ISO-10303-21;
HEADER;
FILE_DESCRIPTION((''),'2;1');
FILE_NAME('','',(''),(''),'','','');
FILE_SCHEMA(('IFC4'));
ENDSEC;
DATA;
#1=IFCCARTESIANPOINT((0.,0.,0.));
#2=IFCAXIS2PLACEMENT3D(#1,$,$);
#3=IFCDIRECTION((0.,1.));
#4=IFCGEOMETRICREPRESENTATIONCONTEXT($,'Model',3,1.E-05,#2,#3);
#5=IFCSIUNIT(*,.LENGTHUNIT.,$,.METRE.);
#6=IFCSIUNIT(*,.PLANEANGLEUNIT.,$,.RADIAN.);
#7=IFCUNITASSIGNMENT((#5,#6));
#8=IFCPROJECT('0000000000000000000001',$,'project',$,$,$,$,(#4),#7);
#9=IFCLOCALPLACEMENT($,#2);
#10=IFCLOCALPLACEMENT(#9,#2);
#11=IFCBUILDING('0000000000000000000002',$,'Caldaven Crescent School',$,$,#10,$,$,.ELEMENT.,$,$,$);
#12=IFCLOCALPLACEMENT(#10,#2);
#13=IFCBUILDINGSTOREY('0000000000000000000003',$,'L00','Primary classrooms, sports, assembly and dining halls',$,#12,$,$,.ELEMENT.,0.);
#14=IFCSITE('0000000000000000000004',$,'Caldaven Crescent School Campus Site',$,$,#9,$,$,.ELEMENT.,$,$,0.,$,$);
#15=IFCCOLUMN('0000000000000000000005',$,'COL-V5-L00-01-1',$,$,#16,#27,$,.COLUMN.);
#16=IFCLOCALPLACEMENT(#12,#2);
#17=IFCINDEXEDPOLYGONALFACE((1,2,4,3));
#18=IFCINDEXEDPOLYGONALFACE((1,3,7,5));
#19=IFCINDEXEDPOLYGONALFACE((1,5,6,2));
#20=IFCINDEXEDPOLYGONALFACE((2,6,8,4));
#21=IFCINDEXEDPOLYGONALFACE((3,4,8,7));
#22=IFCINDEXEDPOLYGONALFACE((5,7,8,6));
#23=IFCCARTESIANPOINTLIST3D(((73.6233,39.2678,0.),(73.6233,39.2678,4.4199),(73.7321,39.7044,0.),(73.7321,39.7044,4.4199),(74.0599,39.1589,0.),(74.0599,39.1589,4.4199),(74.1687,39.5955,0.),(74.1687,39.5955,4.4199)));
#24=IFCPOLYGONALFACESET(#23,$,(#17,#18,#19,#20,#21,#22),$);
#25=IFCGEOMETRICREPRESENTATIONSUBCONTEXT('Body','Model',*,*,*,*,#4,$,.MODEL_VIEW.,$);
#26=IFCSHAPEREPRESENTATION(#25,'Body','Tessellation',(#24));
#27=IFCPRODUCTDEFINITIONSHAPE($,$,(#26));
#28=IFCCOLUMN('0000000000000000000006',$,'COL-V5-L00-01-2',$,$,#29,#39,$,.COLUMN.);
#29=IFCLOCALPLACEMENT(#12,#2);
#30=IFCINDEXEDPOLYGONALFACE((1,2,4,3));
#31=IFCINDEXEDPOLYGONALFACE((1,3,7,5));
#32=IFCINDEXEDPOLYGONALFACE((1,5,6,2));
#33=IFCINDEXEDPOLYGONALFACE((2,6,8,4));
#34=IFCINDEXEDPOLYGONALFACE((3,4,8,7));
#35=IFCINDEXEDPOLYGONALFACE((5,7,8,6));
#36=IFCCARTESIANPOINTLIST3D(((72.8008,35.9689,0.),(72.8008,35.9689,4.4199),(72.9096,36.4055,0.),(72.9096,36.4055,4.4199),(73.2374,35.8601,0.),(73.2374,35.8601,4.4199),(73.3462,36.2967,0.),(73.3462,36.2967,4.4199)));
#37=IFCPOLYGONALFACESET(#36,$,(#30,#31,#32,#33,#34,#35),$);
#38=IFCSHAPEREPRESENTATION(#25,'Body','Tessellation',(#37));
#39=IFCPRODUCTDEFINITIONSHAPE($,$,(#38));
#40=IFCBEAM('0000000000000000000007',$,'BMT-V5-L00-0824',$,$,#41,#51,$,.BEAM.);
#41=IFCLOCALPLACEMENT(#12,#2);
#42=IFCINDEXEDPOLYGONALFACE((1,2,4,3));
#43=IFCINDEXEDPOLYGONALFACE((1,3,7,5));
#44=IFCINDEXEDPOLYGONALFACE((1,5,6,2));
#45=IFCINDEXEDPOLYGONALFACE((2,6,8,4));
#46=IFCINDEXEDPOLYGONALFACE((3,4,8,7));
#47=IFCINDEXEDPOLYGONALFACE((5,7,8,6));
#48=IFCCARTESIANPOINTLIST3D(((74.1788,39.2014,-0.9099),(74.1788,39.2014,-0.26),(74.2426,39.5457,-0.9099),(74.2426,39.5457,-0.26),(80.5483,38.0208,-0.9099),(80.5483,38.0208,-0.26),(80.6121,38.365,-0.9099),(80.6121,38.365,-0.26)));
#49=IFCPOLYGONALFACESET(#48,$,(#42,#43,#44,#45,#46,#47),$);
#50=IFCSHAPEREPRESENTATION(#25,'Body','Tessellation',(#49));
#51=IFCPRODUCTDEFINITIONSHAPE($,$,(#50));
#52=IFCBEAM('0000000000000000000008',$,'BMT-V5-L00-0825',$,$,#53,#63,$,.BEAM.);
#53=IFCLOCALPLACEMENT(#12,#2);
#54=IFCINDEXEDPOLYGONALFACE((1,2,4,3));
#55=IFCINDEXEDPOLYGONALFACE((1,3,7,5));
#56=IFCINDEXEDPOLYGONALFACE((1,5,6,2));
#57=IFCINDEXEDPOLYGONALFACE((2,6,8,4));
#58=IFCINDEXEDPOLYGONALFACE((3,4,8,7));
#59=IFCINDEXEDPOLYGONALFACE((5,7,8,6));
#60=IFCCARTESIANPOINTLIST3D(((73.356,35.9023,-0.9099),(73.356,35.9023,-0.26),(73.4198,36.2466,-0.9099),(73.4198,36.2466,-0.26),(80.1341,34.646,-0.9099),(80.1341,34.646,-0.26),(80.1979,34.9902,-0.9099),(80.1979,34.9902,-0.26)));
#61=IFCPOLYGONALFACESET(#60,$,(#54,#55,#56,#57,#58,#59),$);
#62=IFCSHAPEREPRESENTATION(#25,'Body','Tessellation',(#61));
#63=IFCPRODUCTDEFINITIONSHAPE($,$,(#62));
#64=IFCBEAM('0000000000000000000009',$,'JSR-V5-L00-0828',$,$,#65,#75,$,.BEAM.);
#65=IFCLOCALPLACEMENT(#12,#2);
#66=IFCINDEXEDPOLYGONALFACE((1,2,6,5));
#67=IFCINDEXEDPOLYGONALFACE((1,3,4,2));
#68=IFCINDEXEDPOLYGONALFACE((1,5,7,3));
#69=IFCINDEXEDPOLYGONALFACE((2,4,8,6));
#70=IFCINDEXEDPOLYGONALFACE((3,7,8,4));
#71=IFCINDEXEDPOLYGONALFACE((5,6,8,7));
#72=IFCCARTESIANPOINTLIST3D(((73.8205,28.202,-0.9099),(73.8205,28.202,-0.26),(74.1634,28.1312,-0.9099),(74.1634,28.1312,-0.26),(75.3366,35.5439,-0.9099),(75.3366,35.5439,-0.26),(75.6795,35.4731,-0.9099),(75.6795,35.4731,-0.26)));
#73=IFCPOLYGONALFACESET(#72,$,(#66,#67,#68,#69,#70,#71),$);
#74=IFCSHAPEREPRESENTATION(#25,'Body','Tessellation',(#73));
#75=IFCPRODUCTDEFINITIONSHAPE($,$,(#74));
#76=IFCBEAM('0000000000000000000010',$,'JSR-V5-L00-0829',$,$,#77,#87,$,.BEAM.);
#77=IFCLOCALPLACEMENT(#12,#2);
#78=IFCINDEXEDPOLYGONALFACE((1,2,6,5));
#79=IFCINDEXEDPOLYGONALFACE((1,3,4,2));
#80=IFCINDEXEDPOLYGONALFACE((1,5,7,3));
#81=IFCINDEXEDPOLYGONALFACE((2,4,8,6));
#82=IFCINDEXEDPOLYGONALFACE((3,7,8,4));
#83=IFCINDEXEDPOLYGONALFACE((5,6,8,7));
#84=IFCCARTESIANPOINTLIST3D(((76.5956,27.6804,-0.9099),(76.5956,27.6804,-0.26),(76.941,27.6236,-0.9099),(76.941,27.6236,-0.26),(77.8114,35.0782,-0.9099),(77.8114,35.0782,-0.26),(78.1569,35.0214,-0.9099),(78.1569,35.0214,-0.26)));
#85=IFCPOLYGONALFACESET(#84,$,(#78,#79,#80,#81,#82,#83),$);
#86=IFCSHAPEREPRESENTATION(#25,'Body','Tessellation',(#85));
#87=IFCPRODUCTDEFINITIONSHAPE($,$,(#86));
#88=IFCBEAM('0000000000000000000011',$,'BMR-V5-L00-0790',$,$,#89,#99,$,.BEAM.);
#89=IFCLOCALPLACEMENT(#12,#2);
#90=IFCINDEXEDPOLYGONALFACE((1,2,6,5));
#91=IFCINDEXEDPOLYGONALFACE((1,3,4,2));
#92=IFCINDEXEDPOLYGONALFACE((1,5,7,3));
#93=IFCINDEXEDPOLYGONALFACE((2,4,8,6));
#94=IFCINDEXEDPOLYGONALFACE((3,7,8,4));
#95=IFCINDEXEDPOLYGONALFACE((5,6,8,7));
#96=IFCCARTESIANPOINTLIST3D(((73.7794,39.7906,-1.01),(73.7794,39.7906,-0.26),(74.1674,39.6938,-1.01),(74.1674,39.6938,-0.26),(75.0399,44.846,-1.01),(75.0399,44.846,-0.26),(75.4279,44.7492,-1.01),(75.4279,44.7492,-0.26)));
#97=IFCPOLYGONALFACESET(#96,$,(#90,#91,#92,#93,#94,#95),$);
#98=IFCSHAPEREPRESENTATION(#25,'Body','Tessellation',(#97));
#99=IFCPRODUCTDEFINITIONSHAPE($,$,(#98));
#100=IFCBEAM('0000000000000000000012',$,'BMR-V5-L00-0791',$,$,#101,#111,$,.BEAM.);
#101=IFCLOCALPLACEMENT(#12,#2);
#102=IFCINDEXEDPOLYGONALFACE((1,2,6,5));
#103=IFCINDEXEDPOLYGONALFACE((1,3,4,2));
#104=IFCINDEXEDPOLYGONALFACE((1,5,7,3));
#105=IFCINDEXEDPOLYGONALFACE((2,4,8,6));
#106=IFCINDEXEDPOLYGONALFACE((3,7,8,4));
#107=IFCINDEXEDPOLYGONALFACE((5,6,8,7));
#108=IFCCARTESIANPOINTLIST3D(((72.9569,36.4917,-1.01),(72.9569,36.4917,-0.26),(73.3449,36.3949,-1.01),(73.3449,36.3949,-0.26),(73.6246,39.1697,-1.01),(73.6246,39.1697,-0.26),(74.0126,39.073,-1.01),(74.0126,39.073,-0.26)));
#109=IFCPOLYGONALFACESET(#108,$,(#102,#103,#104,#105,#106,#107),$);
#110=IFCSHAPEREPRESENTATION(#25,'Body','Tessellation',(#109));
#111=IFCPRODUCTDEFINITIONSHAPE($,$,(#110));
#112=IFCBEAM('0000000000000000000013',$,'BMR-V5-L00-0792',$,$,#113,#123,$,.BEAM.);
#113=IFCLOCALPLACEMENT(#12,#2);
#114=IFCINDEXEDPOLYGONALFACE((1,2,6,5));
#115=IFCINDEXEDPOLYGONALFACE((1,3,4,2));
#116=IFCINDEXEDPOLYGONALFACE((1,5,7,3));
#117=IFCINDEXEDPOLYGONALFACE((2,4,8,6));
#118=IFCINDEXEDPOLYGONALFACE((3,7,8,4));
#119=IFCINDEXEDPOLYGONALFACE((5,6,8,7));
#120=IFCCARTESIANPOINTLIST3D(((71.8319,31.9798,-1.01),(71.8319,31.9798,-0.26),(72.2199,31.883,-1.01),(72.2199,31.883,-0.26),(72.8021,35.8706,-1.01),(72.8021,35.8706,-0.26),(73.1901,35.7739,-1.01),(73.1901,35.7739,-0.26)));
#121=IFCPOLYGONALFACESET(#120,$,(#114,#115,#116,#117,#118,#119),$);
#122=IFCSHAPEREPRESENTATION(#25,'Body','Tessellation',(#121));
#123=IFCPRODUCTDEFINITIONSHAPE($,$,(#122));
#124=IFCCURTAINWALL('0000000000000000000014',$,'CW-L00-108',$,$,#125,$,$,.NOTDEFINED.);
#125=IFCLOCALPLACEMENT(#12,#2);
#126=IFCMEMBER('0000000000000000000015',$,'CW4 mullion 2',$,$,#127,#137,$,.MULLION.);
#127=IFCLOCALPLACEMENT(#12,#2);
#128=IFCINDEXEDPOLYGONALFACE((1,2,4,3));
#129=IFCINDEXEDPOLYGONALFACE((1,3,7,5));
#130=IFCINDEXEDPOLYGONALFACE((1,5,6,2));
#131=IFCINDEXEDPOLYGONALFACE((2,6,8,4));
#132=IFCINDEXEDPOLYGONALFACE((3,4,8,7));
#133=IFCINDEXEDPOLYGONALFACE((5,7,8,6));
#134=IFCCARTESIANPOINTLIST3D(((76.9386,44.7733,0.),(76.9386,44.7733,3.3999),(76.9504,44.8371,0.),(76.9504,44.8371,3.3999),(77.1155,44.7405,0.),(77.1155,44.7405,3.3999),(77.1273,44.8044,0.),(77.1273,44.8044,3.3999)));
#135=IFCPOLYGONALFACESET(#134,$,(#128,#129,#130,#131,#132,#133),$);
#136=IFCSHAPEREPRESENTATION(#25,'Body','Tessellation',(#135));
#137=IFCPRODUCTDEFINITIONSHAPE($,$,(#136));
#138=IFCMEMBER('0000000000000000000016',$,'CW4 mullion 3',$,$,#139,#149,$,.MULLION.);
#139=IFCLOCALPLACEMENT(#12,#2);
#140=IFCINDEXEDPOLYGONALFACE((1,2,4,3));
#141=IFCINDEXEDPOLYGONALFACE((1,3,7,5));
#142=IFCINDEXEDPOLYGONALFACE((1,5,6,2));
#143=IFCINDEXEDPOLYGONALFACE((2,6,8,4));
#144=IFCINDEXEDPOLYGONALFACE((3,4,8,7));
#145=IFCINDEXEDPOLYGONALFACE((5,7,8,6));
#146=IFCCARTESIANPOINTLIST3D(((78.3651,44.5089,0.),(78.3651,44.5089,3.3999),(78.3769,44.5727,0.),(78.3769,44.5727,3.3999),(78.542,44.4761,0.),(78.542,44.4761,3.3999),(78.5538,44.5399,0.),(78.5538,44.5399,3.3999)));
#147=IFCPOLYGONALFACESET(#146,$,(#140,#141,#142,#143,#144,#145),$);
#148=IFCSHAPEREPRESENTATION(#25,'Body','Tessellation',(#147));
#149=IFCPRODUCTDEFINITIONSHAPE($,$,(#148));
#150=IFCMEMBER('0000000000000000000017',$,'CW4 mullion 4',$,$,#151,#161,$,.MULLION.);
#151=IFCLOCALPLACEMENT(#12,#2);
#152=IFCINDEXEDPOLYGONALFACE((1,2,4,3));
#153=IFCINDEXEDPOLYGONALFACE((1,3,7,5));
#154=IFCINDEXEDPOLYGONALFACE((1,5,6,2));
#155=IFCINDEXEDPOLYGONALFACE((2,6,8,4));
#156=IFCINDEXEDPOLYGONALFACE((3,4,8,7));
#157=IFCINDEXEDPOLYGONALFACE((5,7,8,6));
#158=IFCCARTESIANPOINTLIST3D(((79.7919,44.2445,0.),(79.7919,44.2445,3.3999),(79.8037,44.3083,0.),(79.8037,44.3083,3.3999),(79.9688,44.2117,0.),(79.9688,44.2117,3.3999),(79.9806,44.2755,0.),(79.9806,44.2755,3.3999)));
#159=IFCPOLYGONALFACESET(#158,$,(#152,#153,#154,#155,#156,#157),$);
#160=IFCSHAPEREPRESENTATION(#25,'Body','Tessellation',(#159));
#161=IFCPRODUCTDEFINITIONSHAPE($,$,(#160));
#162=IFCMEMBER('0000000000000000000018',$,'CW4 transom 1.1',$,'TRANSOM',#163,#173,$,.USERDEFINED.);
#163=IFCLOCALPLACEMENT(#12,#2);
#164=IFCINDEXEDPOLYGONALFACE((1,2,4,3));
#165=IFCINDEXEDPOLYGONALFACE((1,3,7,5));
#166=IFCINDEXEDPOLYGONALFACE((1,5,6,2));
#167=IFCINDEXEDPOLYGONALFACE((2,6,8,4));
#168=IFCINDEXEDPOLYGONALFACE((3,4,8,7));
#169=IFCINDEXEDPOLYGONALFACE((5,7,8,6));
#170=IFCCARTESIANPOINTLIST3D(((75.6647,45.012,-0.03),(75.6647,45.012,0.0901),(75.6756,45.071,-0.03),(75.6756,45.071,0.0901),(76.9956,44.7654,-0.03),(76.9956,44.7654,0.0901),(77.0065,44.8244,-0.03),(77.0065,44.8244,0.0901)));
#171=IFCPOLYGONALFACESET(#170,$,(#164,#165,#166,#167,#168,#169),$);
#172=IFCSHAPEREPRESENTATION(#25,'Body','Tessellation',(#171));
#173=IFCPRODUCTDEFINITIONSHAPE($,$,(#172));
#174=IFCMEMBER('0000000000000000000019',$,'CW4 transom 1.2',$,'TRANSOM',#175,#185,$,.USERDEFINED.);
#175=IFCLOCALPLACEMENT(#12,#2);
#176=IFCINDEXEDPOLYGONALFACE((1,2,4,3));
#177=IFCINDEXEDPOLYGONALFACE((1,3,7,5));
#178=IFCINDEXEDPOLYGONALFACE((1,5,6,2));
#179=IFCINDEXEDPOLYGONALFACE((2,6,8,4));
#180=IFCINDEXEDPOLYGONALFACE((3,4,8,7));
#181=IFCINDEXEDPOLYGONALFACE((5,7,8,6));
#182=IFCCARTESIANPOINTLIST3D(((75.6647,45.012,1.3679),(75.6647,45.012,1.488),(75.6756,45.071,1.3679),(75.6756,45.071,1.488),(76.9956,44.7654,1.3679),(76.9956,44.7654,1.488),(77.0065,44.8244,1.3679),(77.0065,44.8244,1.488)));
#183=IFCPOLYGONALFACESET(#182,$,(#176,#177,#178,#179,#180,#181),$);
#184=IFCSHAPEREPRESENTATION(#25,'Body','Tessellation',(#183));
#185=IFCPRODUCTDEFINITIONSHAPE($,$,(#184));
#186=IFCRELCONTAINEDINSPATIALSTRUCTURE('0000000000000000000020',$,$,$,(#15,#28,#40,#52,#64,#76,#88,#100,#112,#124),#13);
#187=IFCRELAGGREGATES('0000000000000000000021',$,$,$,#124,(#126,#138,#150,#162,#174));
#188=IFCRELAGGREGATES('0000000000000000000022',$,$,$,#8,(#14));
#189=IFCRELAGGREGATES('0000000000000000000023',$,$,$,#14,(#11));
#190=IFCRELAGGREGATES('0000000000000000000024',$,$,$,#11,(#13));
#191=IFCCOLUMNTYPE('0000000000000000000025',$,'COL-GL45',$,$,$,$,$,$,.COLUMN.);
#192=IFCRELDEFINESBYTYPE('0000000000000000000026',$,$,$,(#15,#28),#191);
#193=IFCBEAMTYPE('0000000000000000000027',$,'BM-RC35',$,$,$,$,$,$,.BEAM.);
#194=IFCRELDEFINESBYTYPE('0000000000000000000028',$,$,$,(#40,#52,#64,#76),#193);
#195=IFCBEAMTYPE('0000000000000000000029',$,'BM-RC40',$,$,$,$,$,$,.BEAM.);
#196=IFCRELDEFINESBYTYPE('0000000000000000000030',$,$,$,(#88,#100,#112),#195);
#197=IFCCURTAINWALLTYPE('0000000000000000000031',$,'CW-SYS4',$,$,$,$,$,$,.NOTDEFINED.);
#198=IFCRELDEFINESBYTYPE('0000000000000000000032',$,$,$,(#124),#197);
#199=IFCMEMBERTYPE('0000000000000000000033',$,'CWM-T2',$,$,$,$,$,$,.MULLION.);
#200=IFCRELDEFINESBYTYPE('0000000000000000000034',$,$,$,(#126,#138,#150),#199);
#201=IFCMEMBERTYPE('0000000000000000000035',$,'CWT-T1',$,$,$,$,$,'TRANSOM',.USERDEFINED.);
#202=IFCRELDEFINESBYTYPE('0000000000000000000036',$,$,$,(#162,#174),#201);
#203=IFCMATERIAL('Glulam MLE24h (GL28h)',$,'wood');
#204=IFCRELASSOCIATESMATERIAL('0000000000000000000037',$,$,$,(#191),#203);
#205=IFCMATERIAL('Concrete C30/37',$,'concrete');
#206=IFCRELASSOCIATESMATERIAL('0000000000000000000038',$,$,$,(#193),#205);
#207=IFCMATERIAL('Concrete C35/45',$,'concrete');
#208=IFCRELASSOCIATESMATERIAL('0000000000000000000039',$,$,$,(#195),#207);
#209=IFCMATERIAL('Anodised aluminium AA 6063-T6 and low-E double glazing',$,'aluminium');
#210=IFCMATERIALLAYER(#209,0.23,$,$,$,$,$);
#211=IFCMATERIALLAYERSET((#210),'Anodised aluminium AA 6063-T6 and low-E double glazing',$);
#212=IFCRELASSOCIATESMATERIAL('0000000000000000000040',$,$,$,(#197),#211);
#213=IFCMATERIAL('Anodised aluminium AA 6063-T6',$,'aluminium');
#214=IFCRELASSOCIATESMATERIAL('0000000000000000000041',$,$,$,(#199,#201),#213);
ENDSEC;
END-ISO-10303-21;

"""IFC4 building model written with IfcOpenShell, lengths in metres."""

from ifc_helpers import new_model, si_unit, direction, frame, origin, origin_2d, place, context, subcontext, project, spatial, rectangle, extrude, material, layer, layer_set, material_profile, profile_set, type_object, element, aggregate, save


model = new_model("IFC4")

# Units and contexts
model_context = context("Model", 3, precision=1e-05, world=origin(), true_north=direction((0.0, 1.0)))
body_context = subcontext(model_context, "Body", "Model", "MODEL_VIEW")
ifc_project = project(units=[si_unit("LENGTHUNIT", "METRE"), si_unit("PLANEANGLEUNIT", "RADIAN")], contexts=[model_context])

# Site, building, storey
site_placement = place(None, origin())
site = spatial("IfcSite", under=ifc_project, at=site_placement, Name="Caldaven Crescent School Campus Site", CompositionType="ELEMENT", RefElevation=0.0)
building_placement = place(site_placement, origin())
building = spatial("IfcBuilding", under=site, at=building_placement, Name="Caldaven Crescent School", CompositionType="ELEMENT")
storey_placement = place(building_placement, origin())
storey = spatial("IfcBuildingStorey", under=building, at=storey_placement, Name="L00", Description="Primary classrooms, sports, assembly and dining halls", CompositionType="ELEMENT", Elevation=0.0)

# Columns
ifc_material_1 = material(Name="Glulam MLE24h (GL28h)", Category="wood")
ifc_material_profile_1 = material_profile(ifc_material_1, rectangle(XDim=0.45, YDim=0.45, at=origin_2d()), Name="MLE 450x450")
ifc_profile_set_1 = profile_set([ifc_material_profile_1], Name="Glulam MLE24h (GL28h)")
column_type = type_object("IfcColumnType", Name="COL-GL45", PredefinedType="COLUMN", material=ifc_profile_set_1)
for number, where, z_axis, x_axis, name in (
    (1, (73.896, 39.4316, 0.0), (0.0, 0.0, 1.0), (-0.241922, -0.970296, 0.0), "COL-V5-L00-01-1"),
    (2, (73.0735, 36.1328, 0.0), (0.0, 0.0, 1.0), (-0.241922, -0.970296, 0.0), "COL-V5-L00-01-2"),
):
    element("IfcColumn", number, at=place(storey_placement, frame(where, z_axis=z_axis, x_axis=x_axis)), inside=storey, type_object=column_type, Name=name, PredefinedType="COLUMN", context=body_context, shape_type="SweptSolid", body=[
        extrude(rectangle(XDim=0.45, YDim=0.45, at=origin_2d()), origin(), (0.0, 0.0, 1.0), 4.4199),
    ])

# Beams
ifc_material_2 = material(Name="Concrete C30/37", Category="concrete")
ifc_material_profile_2 = material_profile(ifc_material_2, rectangle(XDim=0.3501, YDim=0.6499, at=origin_2d()), Name="RC 350x650")
ifc_profile_set_2 = profile_set([ifc_material_profile_2], Name="Concrete C30/37")
beam_type_1 = type_object("IfcBeamType", Name="BM-RC35", PredefinedType="BEAM", material=ifc_profile_set_2)
beam_1_placement = place(storey_placement, frame((74.2107, 39.3735, -0.585), z_axis=(0.983252, -0.182254, 0.0), x_axis=(0.182254, 0.983252, 0.0)))
element("IfcBeam", 3, at=beam_1_placement, inside=storey, type_object=beam_type_1, Name="BMT-V5-L00-0824", PredefinedType="BEAM", context=body_context, shape_type="SweptSolid", body=[
    extrude(rectangle(XDim=0.3501, YDim=0.6499, at=origin_2d()), origin(), (0.0, 0.0, 1.0), 6.478),
])
beam_2_placement = place(storey_placement, frame((73.3879, 36.0745, -0.585), z_axis=(0.983252, -0.18225, 0.0), x_axis=(0.18225, 0.983252, 0.0)))
element("IfcBeam", 4, at=beam_2_placement, inside=storey, type_object=beam_type_1, Name="BMT-V5-L00-0825", PredefinedType="BEAM", context=body_context, shape_type="SweptSolid", body=[
    extrude(rectangle(XDim=0.3501, YDim=0.6499, at=origin_2d()), origin(), (0.0, 0.0, 1.0), 6.8936),
])
beam_3_placement = place(storey_placement, frame((75.5081, 35.5085, -0.585), z_axis=(-0.202231, -0.979338, 0.0), x_axis=(0.979338, -0.202231, 0.0)))
element("IfcBeam", 5, at=beam_3_placement, inside=storey, type_object=beam_type_1, Name="JSR-V5-L00-0828", PredefinedType="BEAM", context=body_context, shape_type="SweptSolid", body=[
    extrude(rectangle(XDim=0.3501, YDim=0.6499, at=origin_2d()), origin(), (0.0, 0.0, 1.0), 7.4968),
])
beam_4_placement = place(storey_placement, frame((77.9841, 35.0498, -0.585), z_axis=(-0.162175, -0.986762, 0.0), x_axis=(0.986762, -0.162175, 0.0)))
element("IfcBeam", 6, at=beam_4_placement, inside=storey, type_object=beam_type_1, Name="JSR-V5-L00-0829", PredefinedType="BEAM", context=body_context, shape_type="SweptSolid", body=[
    extrude(rectangle(XDim=0.3501, YDim=0.6499, at=origin_2d()), origin(), (0.0, 0.0, 1.0), 7.4971),
])
ifc_material_3 = material(Name="Concrete C35/45", Category="concrete")
ifc_material_profile_3 = material_profile(ifc_material_3, rectangle(XDim=0.3999, YDim=0.75, at=origin_2d()), Name="RC 400x750")
ifc_profile_set_3 = profile_set([ifc_material_profile_3], Name="Concrete C35/45")
beam_type_2 = type_object("IfcBeamType", Name="BM-RC40", PredefinedType="BEAM", material=ifc_profile_set_3)
beam_5_placement = place(storey_placement, frame((75.2339, 44.7976, -0.635), z_axis=(-0.241929, -0.970294, 0.0), x_axis=(0.970294, -0.241929, 0.0)))
element("IfcBeam", 7, at=beam_5_placement, inside=storey, type_object=beam_type_2, Name="BMR-V5-L00-0790", PredefinedType="BEAM", context=body_context, shape_type="SweptSolid", body=[
    extrude(rectangle(XDim=0.3999, YDim=0.75, at=origin_2d()), origin(), (0.0, 0.0, 1.0), 5.2102),
])
beam_6_placement = place(storey_placement, frame((73.8186, 39.1213, -0.635), z_axis=(-0.241932, -0.970293, 0.0), x_axis=(0.970293, -0.241932, 0.0)))
element("IfcBeam", 8, at=beam_6_placement, inside=storey, type_object=beam_type_2, Name="BMR-V5-L00-0791", PredefinedType="BEAM", context=body_context, shape_type="SweptSolid", body=[
    extrude(rectangle(XDim=0.3999, YDim=0.75, at=origin_2d()), origin(), (0.0, 0.0, 1.0), 2.76),
])
beam_7_placement = place(storey_placement, frame((72.9961, 35.8223, -0.635), z_axis=(-0.241948, -0.970289, 0.0), x_axis=(0.970289, -0.241948, 0.0)))
element("IfcBeam", 9, at=beam_7_placement, inside=storey, type_object=beam_type_2, Name="BMR-V5-L00-0792", PredefinedType="BEAM", context=body_context, shape_type="SweptSolid", body=[
    extrude(rectangle(XDim=0.3999, YDim=0.75, at=origin_2d()), origin(), (0.0, 0.0, 1.0), 4.01),
])

# Curtain wall, members
ifc_material_4 = material(Name="Anodised aluminium AA 6063-T6 and low-E double glazing", Category="aluminium")
ifc_layer_1 = layer(ifc_material_4, 0.23)
ifc_layer_set_1 = layer_set([ifc_layer_1], Name="Anodised aluminium AA 6063-T6 and low-E double glazing")
curtain_wall_type = type_object("IfcCurtainWallType", Name="CW-SYS4", PredefinedType="NOTDEFINED", material=ifc_layer_set_1)
curtain_wall_placement = place(storey_placement, origin())
curtain_wall = element("IfcCurtainWall", 10, at=curtain_wall_placement, inside=storey, type_object=curtain_wall_type, Name="CW-L00-108", PredefinedType="NOTDEFINED")
ifc_material_5 = material(Name="Anodised aluminium AA 6063-T6", Category="aluminium")
ifc_material_profile_4 = material_profile(ifc_material_5, rectangle(XDim=0.0649, YDim=0.1799, at=origin_2d()), Name="CWM 65x180")
ifc_profile_set_4 = profile_set([ifc_material_profile_4], Name="Anodised aluminium AA 6063-T6")
member_type_1 = type_object("IfcMemberType", Name="CWM-T2", PredefinedType="MULLION", material=ifc_profile_set_4)
member_1_placement = place(storey_placement, frame((77.033, 44.7888, 0.0), z_axis=(0.0, 0.0, 1.0), x_axis=(0.182236, 0.983255, 0.0)))
member_1 = element("IfcMember", 11, at=member_1_placement, type_object=member_type_1, Name="CW4 mullion 2", PredefinedType="MULLION", context=body_context, shape_type="SweptSolid", body=[
    extrude(rectangle(XDim=0.0649, YDim=0.1799, at=origin_2d()), origin(), (0.0, 0.0, 1.0), 3.3999),
])
member_2_placement = place(storey_placement, frame((78.4595, 44.5244, 0.0), z_axis=(0.0, 0.0, 1.0), x_axis=(0.182236, 0.983255, 0.0)))
member_2 = element("IfcMember", 12, at=member_2_placement, type_object=member_type_1, Name="CW4 mullion 3", PredefinedType="MULLION", context=body_context, shape_type="SweptSolid", body=[
    extrude(rectangle(XDim=0.0649, YDim=0.1799, at=origin_2d()), origin(), (0.0, 0.0, 1.0), 3.3999),
])
member_3_placement = place(storey_placement, frame((79.8862, 44.26, 0.0), z_axis=(0.0, 0.0, 1.0), x_axis=(0.182236, 0.983255, 0.0)))
member_3 = element("IfcMember", 13, at=member_3_placement, type_object=member_type_1, Name="CW4 mullion 4", PredefinedType="MULLION", context=body_context, shape_type="SweptSolid", body=[
    extrude(rectangle(XDim=0.0649, YDim=0.1799, at=origin_2d()), origin(), (0.0, 0.0, 1.0), 3.3999),
])
ifc_material_profile_5 = material_profile(ifc_material_5, rectangle(XDim=0.0601, YDim=0.1201, at=origin_2d()), Name="CWT 60x120")
ifc_profile_set_5 = profile_set([ifc_material_profile_5], Name="Anodised aluminium AA 6063-T6")
member_type_2 = type_object("IfcMemberType", Name="CWT-T1", ElementType="TRANSOM", PredefinedType="USERDEFINED", material=ifc_profile_set_5)
member_4_placement = place(storey_placement, frame((75.6702, 45.0415, 0.03), z_axis=(0.983264, -0.182186, 0.0), x_axis=(0.182186, 0.983264, 0.0)))
member_4 = element("IfcMember", 14, at=member_4_placement, type_object=member_type_2, Name="CW4 transom 1.1", ObjectType="TRANSOM", PredefinedType="USERDEFINED", context=body_context, shape_type="SweptSolid", body=[
    extrude(rectangle(XDim=0.0601, YDim=0.1201, at=origin_2d()), origin(), (0.0, 0.0, 1.0), 1.3535),
])
member_5_placement = place(storey_placement, frame((75.6702, 45.0415, 1.428), z_axis=(0.983264, -0.182186, 0.0), x_axis=(0.182186, 0.983264, 0.0)))
member_5 = element("IfcMember", 15, at=member_5_placement, type_object=member_type_2, Name="CW4 transom 1.2", ObjectType="TRANSOM", PredefinedType="USERDEFINED", context=body_context, shape_type="SweptSolid", body=[
    extrude(rectangle(XDim=0.0601, YDim=0.1201, at=origin_2d()), origin(), (0.0, 0.0, 1.0), 1.3535),
])
aggregate(curtain_wall, [member_1, member_2, member_3, member_4, member_5])

save(model, "model.ifc")
